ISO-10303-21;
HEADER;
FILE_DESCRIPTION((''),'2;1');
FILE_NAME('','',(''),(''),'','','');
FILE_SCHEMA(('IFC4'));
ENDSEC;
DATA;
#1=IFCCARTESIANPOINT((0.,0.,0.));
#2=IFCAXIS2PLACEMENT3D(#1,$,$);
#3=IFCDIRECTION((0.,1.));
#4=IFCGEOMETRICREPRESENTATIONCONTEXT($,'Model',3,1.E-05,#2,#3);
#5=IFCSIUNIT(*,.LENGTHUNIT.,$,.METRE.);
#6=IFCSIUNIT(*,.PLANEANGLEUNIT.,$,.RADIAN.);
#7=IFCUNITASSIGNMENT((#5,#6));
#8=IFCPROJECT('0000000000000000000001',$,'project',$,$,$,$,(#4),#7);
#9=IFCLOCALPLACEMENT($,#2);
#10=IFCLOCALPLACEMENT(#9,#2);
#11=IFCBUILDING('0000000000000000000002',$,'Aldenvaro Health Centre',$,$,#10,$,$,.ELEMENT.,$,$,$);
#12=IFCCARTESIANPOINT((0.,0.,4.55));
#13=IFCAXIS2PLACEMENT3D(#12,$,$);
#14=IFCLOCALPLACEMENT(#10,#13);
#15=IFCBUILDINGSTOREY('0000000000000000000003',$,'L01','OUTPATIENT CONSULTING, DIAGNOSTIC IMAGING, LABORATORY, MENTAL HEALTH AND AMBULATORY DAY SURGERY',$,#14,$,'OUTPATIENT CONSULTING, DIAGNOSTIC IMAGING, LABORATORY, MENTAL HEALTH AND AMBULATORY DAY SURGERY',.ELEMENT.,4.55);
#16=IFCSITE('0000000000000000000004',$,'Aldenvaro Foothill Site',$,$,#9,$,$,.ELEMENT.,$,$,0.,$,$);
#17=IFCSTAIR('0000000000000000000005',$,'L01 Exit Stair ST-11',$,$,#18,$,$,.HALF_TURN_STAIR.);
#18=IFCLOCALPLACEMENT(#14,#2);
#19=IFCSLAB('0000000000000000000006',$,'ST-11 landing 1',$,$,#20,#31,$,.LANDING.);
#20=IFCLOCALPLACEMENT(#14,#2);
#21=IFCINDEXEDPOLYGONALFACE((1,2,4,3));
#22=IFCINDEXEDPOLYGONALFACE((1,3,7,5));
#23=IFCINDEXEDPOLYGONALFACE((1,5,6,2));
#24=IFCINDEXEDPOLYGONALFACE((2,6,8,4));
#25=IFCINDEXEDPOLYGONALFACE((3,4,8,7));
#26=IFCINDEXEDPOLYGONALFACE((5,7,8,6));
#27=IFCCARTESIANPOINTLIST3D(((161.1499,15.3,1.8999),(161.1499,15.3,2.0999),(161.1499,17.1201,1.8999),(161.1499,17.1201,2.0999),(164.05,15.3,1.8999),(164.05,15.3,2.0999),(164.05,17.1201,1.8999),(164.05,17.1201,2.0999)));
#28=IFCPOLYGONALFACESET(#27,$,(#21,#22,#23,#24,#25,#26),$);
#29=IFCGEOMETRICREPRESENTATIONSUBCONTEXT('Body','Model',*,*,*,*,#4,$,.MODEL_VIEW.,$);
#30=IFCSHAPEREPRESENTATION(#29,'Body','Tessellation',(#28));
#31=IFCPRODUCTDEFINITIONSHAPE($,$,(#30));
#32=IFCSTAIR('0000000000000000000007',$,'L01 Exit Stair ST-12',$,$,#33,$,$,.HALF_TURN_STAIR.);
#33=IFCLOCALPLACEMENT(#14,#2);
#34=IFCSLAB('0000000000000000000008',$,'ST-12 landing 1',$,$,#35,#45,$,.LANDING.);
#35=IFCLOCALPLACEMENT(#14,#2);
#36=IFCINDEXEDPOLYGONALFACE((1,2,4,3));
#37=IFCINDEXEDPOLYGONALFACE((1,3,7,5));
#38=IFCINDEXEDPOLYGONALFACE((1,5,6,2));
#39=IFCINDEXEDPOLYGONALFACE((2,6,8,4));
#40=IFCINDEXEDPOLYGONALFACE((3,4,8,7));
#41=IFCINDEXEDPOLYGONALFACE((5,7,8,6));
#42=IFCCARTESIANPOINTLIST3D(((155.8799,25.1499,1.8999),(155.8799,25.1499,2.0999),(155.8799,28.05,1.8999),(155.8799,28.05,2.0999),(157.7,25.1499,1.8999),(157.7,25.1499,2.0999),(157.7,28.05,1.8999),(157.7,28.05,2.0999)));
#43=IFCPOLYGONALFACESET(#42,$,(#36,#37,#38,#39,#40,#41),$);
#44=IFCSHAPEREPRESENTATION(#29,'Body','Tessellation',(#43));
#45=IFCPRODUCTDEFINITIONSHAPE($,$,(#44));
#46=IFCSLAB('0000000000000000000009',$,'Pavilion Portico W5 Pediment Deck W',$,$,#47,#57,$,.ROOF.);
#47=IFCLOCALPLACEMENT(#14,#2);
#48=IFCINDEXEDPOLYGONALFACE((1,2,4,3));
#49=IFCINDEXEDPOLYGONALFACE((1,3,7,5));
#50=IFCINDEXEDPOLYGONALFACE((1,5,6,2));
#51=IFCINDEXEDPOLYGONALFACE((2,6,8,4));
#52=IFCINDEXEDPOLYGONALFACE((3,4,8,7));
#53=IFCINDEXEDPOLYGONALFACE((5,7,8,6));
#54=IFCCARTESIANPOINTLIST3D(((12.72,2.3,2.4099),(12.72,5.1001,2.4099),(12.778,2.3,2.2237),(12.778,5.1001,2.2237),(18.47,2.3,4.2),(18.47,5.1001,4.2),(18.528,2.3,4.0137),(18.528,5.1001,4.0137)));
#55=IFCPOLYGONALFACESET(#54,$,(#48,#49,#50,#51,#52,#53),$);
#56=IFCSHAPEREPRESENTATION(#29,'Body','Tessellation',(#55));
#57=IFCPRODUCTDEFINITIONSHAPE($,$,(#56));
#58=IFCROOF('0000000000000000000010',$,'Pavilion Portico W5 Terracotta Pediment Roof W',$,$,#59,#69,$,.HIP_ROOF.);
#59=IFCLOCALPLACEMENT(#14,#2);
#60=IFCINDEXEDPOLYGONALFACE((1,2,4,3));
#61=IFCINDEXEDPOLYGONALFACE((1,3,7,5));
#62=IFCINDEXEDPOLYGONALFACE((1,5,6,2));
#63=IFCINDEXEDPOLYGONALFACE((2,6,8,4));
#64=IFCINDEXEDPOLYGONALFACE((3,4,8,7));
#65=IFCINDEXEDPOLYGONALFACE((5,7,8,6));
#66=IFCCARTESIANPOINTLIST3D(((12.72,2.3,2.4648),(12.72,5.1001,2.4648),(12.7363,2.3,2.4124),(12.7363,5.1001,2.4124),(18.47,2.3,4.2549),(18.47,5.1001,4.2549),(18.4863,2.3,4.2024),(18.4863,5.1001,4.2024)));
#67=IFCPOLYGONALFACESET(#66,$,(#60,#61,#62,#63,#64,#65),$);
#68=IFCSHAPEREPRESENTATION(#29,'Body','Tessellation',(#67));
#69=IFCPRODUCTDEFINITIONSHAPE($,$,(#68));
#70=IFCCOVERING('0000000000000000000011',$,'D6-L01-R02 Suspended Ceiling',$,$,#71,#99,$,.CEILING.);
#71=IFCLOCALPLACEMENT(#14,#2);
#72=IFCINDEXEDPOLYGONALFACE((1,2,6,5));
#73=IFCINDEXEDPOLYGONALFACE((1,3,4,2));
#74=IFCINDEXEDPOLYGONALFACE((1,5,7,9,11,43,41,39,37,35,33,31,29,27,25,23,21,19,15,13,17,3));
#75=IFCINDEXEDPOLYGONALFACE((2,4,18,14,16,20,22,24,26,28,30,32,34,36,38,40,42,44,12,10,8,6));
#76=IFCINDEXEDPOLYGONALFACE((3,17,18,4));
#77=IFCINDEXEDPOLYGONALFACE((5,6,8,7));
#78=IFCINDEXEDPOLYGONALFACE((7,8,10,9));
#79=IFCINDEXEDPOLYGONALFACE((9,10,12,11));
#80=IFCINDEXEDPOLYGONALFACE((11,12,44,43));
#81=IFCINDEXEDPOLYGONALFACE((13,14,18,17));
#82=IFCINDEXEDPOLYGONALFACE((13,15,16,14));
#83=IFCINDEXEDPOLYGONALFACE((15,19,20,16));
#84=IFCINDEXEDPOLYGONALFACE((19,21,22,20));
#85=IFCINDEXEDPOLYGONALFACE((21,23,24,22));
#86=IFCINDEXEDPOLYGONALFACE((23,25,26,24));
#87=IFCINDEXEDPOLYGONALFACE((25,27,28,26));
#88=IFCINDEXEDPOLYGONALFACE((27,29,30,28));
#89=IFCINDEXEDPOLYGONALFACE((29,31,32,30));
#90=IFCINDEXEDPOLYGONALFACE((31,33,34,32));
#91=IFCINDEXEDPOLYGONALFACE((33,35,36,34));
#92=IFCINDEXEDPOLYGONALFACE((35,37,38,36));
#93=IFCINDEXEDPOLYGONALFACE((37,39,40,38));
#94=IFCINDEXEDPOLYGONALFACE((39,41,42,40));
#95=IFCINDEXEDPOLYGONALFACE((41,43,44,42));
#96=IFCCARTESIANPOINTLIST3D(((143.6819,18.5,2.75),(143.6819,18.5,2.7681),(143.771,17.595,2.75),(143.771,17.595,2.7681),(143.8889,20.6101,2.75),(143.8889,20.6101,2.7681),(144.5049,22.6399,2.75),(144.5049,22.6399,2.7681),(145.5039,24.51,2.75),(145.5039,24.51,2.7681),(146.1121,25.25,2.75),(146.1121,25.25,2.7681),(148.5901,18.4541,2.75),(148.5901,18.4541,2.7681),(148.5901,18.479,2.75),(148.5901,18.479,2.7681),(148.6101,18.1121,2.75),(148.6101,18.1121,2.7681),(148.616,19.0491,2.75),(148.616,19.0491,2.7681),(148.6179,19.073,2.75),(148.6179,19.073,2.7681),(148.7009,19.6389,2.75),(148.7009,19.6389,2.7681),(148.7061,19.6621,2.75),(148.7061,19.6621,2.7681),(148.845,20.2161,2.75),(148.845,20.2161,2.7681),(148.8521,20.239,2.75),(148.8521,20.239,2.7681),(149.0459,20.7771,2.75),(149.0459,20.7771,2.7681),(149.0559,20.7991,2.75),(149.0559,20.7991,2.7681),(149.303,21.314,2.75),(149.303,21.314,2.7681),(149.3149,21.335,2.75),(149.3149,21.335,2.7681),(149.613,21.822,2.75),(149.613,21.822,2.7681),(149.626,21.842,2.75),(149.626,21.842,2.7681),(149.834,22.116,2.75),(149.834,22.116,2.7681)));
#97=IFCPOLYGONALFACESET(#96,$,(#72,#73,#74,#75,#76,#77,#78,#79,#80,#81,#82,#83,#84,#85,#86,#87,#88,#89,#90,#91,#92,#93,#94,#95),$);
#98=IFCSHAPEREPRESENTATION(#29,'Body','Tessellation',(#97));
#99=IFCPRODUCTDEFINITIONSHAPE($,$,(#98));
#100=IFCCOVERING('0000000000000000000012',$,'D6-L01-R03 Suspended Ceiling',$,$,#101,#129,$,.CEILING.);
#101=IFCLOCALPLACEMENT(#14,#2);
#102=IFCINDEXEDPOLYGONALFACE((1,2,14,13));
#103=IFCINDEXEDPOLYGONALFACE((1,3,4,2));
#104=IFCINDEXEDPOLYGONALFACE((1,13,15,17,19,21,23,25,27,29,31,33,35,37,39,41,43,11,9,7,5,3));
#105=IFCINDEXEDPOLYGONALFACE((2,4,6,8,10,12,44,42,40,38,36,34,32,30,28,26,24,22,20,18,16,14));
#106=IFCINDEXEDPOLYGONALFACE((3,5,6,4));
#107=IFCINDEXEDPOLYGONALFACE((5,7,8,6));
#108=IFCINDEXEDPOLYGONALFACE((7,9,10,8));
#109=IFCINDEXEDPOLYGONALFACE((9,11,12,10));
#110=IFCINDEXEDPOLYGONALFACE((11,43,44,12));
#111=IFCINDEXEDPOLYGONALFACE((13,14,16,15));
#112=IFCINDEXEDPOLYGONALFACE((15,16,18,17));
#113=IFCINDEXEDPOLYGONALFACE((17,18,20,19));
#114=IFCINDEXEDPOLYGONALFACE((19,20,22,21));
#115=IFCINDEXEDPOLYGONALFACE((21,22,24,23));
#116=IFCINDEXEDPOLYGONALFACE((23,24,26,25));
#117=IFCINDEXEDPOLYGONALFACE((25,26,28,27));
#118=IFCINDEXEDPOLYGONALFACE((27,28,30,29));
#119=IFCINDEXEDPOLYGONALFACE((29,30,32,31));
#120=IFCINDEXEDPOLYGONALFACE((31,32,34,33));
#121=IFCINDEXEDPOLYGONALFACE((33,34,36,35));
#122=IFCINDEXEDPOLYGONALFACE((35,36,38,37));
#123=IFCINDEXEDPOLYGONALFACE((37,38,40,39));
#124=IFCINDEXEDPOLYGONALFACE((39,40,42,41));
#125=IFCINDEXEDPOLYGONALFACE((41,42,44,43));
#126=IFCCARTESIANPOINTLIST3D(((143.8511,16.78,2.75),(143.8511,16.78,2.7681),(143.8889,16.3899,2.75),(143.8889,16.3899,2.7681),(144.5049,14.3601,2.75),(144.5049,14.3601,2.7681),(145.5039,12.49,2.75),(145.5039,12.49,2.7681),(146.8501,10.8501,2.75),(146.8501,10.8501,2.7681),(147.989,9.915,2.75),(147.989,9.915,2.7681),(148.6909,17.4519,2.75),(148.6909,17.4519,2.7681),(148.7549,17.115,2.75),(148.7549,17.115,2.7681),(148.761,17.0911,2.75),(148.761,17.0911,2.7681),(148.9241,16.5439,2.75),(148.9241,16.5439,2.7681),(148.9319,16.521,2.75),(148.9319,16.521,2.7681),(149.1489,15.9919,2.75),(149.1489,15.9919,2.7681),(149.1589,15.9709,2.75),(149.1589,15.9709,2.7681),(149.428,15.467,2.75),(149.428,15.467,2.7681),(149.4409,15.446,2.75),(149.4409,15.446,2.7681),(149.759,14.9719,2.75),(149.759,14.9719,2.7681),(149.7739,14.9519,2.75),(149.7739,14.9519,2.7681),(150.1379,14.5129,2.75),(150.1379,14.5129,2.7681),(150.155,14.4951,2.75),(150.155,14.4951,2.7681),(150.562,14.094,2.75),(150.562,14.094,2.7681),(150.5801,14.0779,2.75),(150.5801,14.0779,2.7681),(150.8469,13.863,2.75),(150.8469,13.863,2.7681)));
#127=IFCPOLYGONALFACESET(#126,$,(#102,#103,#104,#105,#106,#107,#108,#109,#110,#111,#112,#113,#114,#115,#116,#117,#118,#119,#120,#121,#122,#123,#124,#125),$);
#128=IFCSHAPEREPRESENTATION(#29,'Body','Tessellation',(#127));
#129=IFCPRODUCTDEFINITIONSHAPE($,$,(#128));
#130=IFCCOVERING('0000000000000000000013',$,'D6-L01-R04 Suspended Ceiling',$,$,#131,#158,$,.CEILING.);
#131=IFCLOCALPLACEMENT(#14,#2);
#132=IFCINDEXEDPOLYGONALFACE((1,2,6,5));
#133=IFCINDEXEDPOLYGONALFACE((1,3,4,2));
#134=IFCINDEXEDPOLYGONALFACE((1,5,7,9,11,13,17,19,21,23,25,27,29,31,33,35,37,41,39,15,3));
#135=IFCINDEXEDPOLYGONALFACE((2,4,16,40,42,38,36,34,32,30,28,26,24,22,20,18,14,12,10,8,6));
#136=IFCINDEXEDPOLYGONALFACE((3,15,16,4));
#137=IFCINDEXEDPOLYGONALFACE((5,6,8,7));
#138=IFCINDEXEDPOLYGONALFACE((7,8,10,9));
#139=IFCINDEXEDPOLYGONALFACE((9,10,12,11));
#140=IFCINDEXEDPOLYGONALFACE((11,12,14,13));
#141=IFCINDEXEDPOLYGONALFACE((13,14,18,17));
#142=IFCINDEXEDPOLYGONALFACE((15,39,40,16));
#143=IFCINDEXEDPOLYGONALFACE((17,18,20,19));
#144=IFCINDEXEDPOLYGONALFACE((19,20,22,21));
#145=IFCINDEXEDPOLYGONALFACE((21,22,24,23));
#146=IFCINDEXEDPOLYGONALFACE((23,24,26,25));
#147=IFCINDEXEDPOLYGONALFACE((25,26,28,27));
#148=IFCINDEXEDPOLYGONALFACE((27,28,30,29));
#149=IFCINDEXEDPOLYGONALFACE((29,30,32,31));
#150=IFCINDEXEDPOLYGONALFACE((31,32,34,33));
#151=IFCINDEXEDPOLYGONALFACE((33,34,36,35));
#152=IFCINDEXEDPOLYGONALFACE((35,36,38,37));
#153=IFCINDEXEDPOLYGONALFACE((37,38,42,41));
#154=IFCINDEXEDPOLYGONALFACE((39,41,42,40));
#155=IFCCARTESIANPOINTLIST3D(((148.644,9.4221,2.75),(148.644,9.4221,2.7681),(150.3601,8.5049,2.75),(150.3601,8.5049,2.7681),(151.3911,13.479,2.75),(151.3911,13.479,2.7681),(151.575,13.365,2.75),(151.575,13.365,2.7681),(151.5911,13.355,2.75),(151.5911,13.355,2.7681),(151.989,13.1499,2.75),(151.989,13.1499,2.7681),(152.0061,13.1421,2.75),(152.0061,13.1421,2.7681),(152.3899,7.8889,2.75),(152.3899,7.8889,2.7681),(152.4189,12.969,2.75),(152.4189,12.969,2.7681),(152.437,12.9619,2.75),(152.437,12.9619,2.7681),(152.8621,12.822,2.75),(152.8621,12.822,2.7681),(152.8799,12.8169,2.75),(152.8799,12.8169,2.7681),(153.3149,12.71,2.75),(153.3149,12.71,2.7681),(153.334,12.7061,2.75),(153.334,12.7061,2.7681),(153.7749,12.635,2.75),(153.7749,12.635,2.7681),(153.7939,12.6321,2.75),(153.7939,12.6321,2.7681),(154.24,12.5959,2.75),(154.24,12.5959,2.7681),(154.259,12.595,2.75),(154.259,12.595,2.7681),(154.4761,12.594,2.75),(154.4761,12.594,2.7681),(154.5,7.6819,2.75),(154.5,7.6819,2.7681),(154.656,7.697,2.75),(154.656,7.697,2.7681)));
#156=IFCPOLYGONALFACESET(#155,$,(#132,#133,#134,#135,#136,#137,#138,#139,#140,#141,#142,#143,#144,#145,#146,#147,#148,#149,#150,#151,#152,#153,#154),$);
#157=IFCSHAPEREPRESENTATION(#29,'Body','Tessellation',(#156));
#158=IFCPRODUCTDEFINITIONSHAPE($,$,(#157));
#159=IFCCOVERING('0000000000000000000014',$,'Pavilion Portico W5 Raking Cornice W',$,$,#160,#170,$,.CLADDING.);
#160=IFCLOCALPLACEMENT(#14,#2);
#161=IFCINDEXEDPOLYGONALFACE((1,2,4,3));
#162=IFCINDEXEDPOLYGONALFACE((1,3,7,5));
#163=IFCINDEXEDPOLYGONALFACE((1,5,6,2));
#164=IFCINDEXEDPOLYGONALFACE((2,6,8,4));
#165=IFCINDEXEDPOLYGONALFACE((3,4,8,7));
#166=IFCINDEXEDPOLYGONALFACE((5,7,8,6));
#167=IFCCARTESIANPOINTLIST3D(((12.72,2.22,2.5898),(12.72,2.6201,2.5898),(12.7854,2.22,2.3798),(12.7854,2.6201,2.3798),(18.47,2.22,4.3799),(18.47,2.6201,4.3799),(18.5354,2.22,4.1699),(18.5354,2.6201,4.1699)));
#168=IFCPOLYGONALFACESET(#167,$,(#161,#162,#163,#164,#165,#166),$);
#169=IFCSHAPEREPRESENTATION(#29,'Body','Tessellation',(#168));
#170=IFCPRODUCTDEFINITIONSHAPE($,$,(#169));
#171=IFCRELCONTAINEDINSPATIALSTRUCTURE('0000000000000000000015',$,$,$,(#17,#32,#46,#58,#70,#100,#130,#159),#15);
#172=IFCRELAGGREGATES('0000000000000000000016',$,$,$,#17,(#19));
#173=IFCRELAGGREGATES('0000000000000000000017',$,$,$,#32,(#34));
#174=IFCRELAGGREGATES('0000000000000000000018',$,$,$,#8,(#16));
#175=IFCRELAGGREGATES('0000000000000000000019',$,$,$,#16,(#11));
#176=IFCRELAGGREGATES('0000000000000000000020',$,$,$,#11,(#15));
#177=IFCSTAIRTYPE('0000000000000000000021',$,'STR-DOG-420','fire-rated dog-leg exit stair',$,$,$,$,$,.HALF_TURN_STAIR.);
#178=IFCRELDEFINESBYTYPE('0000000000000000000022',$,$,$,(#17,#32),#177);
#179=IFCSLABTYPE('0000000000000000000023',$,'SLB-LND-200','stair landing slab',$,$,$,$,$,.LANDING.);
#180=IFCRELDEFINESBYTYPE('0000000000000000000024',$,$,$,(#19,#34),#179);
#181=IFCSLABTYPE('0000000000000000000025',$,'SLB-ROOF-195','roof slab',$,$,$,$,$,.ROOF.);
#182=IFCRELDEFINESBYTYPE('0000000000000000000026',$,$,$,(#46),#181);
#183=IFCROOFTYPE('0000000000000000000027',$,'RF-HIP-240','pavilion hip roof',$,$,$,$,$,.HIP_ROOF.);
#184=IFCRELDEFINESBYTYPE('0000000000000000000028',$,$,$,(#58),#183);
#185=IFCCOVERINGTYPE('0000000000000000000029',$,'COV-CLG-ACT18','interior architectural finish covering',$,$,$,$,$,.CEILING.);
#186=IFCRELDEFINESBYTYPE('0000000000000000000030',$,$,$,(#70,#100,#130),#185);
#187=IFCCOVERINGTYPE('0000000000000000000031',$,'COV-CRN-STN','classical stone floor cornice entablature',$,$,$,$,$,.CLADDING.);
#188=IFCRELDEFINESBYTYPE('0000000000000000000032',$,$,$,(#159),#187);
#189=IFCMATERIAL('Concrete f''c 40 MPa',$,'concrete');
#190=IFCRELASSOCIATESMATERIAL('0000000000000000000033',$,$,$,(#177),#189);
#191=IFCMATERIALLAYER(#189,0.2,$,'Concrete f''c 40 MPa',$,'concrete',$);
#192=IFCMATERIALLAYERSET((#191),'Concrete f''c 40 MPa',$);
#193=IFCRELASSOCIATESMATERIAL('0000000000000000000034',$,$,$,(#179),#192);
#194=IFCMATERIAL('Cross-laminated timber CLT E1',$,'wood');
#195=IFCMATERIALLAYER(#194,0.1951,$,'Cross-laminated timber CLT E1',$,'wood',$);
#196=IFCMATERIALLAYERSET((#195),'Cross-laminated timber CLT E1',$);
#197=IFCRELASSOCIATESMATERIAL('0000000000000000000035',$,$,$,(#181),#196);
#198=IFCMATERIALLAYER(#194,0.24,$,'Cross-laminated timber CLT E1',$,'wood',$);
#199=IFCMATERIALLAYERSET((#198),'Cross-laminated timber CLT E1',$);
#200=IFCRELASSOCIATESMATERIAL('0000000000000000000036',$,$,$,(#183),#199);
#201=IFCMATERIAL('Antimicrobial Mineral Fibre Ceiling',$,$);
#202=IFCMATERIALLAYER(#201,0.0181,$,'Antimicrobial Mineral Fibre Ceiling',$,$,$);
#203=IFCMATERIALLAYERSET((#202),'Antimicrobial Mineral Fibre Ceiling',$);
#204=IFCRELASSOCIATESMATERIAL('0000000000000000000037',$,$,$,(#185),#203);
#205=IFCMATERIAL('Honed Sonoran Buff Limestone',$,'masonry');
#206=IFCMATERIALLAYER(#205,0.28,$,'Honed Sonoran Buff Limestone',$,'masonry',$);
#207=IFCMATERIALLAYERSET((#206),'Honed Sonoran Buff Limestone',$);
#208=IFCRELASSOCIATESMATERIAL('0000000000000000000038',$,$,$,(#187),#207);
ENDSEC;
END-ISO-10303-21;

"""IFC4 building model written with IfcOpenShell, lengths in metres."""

from ifc_helpers import new_model, si_unit, direction, frame, origin, place, context, subcontext, project, spatial, polyline, outline, extrude, material, layer, layer_set, type_object, element, aggregate, save


model = new_model("IFC4")

# Units and contexts
model_context = context("Model", 3, precision=1e-05, world=origin(), true_north=direction((0.0, 1.0)))
body_context = subcontext(model_context, "Body", "Model", "MODEL_VIEW")
ifc_project = project(units=[si_unit("LENGTHUNIT", "METRE"), si_unit("PLANEANGLEUNIT", "RADIAN")], contexts=[model_context])

# Site, building, storey
site_placement = place(None, origin())
site = spatial("IfcSite", under=ifc_project, at=site_placement, Name="Aldenvaro Foothill Site", CompositionType="ELEMENT", RefElevation=0.0)
building_placement = place(site_placement, origin())
building = spatial("IfcBuilding", under=site, at=building_placement, Name="Aldenvaro Health Centre", CompositionType="ELEMENT")
storey_placement = place(building_placement, frame((0.0, 0.0, 4.55)))
storey = spatial("IfcBuildingStorey", under=building, at=storey_placement, Name="L01", Description="OUTPATIENT CONSULTING, DIAGNOSTIC IMAGING, LABORATORY, MENTAL HEALTH AND AMBULATORY DAY SURGERY", LongName="OUTPATIENT CONSULTING, DIAGNOSTIC IMAGING, LABORATORY, MENTAL HEALTH AND AMBULATORY DAY SURGERY", CompositionType="ELEMENT", Elevation=4.55)

# Shared definitions
ifc_material_1 = material(Name="Concrete f'c 40 MPa", Category="concrete")

# Stairs, slabs
stair_type = type_object("IfcStairType", Name="STR-DOG-420", Description="fire-rated dog-leg exit stair", PredefinedType="HALF_TURN_STAIR", material=ifc_material_1)
ifc_layer_1 = layer(ifc_material_1, 0.2, Name="Concrete f'c 40 MPa", Category="concrete")
ifc_layer_set_1 = layer_set([ifc_layer_1], Name="Concrete f'c 40 MPa")
slab_type_1 = type_object("IfcSlabType", Name="SLB-LND-200", Description="stair landing slab", PredefinedType="LANDING", material=ifc_layer_set_1)
stair_1_placement = place(storey_placement, origin())
stair_1 = element("IfcStair", 1, at=stair_1_placement, inside=storey, type_object=stair_type, Name="L01 Exit Stair ST-11", PredefinedType="HALF_TURN_STAIR")
slab_1_placement = place(storey_placement, frame((0.0, 0.0, 1.8999)))
slab_1 = element("IfcSlab", 2, at=slab_1_placement, type_object=slab_type_1, Name="ST-11 landing 1", PredefinedType="LANDING", context=body_context, shape_type="SweptSolid", body=[
    extrude(outline(polyline([(161.1499, 17.1201), (161.1499, 15.3), (164.05, 15.3), (164.05, 17.1201), (161.1499, 17.1201)])), origin(), (0.0, 0.0, 1.0), 0.2),
])
aggregate(stair_1, [slab_1])
stair_2_placement = place(storey_placement, origin())
stair_2 = element("IfcStair", 3, at=stair_2_placement, inside=storey, type_object=stair_type, Name="L01 Exit Stair ST-12", PredefinedType="HALF_TURN_STAIR")
slab_2_placement = place(storey_placement, frame((0.0, 0.0, 1.8999)))
slab_2 = element("IfcSlab", 4, at=slab_2_placement, type_object=slab_type_1, Name="ST-12 landing 1", PredefinedType="LANDING", context=body_context, shape_type="SweptSolid", body=[
    extrude(outline(polyline([(155.8799, 25.1499), (157.7, 25.1499), (157.7, 28.05), (155.8799, 28.05), (155.8799, 25.1499)])), origin(), (0.0, 0.0, 1.0), 0.2),
])
aggregate(stair_2, [slab_2])

# Slab
ifc_material_2 = material(Name="Cross-laminated timber CLT E1", Category="wood")
ifc_layer_2 = layer(ifc_material_2, 0.1951, Name="Cross-laminated timber CLT E1", Category="wood")
ifc_layer_set_2 = layer_set([ifc_layer_2], Name="Cross-laminated timber CLT E1")
slab_type_2 = type_object("IfcSlabType", Name="SLB-ROOF-195", Description="roof slab", PredefinedType="ROOF", material=ifc_layer_set_2)
slab_3_placement = place(storey_placement, frame((12.72, 2.3, 2.4099), z_axis=(-0.297241, 0.0, 0.954803), x_axis=(0.954803, 0.0, 0.297241)))
element("IfcSlab", 5, at=slab_3_placement, inside=storey, type_object=slab_type_2, Name="Pavilion Portico W5 Pediment Deck W", PredefinedType="ROOF", context=body_context, shape_type="SweptSolid", body=[
    extrude(outline(polyline([(0.0, 0.0), (6.0222, 0.0), (6.0222, 2.8), (0.0, 2.8), (0.0, 0.0)])), origin(), (0.0, 0.0, -1.0), 0.1951),
])

# Roof
ifc_layer_3 = layer(ifc_material_2, 0.24, Name="Cross-laminated timber CLT E1", Category="wood")
ifc_layer_set_3 = layer_set([ifc_layer_3], Name="Cross-laminated timber CLT E1")
roof_type = type_object("IfcRoofType", Name="RF-HIP-240", Description="pavilion hip roof", PredefinedType="HIP_ROOF", material=ifc_layer_set_3)
roof_placement = place(storey_placement, frame((12.72, 2.3, 2.4648), z_axis=(-0.297241, 0.0, 0.954803), x_axis=(0.954803, 0.0, 0.297241)))
element("IfcRoof", 6, at=roof_placement, inside=storey, type_object=roof_type, Name="Pavilion Portico W5 Terracotta Pediment Roof W", PredefinedType="HIP_ROOF", context=body_context, shape_type="SweptSolid", body=[
    extrude(outline(polyline([(0.0, 0.0), (6.0222, 0.0), (6.0222, 2.8), (0.0, 2.8), (0.0, 0.0)])), origin(), (0.0, 0.0, -1.0), 0.0549),
])

# Coverings
ifc_material_3 = material(Name="Antimicrobial Mineral Fibre Ceiling")
ifc_layer_4 = layer(ifc_material_3, 0.0181, Name="Antimicrobial Mineral Fibre Ceiling")
ifc_layer_set_4 = layer_set([ifc_layer_4], Name="Antimicrobial Mineral Fibre Ceiling")
covering_type_1 = type_object("IfcCoveringType", Name="COV-CLG-ACT18", Description="interior architectural finish covering", PredefinedType="CEILING", material=ifc_layer_set_4)
covering_1_placement = place(storey_placement, frame((0.0, 0.0, 2.75)))
element("IfcCovering", 7, at=covering_1_placement, inside=storey, type_object=covering_type_1, Name="D6-L01-R02 Suspended Ceiling", PredefinedType="CEILING", context=body_context, shape_type="SweptSolid", body=[
    extrude(outline(polyline([(149.626, 21.842), (149.613, 21.822), (149.3149, 21.335), (149.303, 21.314), (149.0559, 20.7991), (149.0459, 20.7771), (148.8521, 20.239), (148.845, 20.2161), (148.7061, 19.6621), (148.7009, 19.6389), (148.6179, 19.073), (148.616, 19.0491), (148.5901, 18.479), (148.5901, 18.4541), (148.6101, 18.1121), (143.771, 17.595), (143.6819, 18.5), (143.8889, 20.6101), (144.5049, 22.6399), (145.5039, 24.51), (146.1121, 25.25), (149.834, 22.116), (149.626, 21.842)])), origin(), (0.0, 0.0, 1.0), 0.0181),
])
covering_2_placement = place(storey_placement, frame((0.0, 0.0, 2.75)))
element("IfcCovering", 8, at=covering_2_placement, inside=storey, type_object=covering_type_1, Name="D6-L01-R03 Suspended Ceiling", PredefinedType="CEILING", context=body_context, shape_type="SweptSolid", body=[
    extrude(outline(polyline([(148.7549, 17.115), (148.761, 17.0911), (148.9241, 16.5439), (148.9319, 16.521), (149.1489, 15.9919), (149.1589, 15.9709), (149.428, 15.467), (149.4409, 15.446), (149.759, 14.9719), (149.7739, 14.9519), (150.1379, 14.5129), (150.155, 14.4951), (150.562, 14.094), (150.5801, 14.0779), (150.8469, 13.863), (147.989, 9.915), (146.8501, 10.8501), (145.5039, 12.49), (144.5049, 14.3601), (143.8889, 16.3899), (143.8511, 16.78), (148.6909, 17.4519), (148.7549, 17.115)])), origin(), (0.0, 0.0, 1.0), 0.0181),
])
covering_3_placement = place(storey_placement, frame((0.0, 0.0, 2.75)))
element("IfcCovering", 9, at=covering_3_placement, inside=storey, type_object=covering_type_1, Name="D6-L01-R04 Suspended Ceiling", PredefinedType="CEILING", context=body_context, shape_type="SweptSolid", body=[
    extrude(outline(polyline([(148.644, 9.4221), (151.3911, 13.479), (151.575, 13.365), (151.5911, 13.355), (151.989, 13.1499), (152.0061, 13.1421), (152.4189, 12.969), (152.437, 12.9619), (152.8621, 12.822), (152.8799, 12.8169), (153.3149, 12.71), (153.334, 12.7061), (153.7749, 12.635), (153.7939, 12.6321), (154.24, 12.5959), (154.259, 12.595), (154.4761, 12.594), (154.656, 7.697), (154.5, 7.6819), (152.3899, 7.8889), (150.3601, 8.5049), (148.644, 9.4221)])), origin(), (0.0, 0.0, 1.0), 0.0181),
])
ifc_material_4 = material(Name="Honed Sonoran Buff Limestone", Category="masonry")
ifc_layer_5 = layer(ifc_material_4, 0.28, Name="Honed Sonoran Buff Limestone", Category="masonry")
ifc_layer_set_5 = layer_set([ifc_layer_5], Name="Honed Sonoran Buff Limestone")
covering_type_2 = type_object("IfcCoveringType", Name="COV-CRN-STN", Description="classical stone floor cornice entablature", PredefinedType="CLADDING", material=ifc_layer_set_5)
covering_4_placement = place(storey_placement, frame((12.72, 2.22, 2.5898), z_axis=(-0.297241, 0.0, 0.954803), x_axis=(0.954803, 0.0, 0.297241)))
element("IfcCovering", 10, at=covering_4_placement, inside=storey, type_object=covering_type_2, Name="Pavilion Portico W5 Raking Cornice W", PredefinedType="CLADDING", context=body_context, shape_type="SweptSolid", body=[
    extrude(outline(polyline([(0.0, 0.0), (6.0222, 0.0), (6.0222, 0.4001), (0.0, 0.4001), (0.0, 0.0)])), origin(), (0.0, 0.0, -1.0), 0.22),
])

save(model, "model.ifc")
